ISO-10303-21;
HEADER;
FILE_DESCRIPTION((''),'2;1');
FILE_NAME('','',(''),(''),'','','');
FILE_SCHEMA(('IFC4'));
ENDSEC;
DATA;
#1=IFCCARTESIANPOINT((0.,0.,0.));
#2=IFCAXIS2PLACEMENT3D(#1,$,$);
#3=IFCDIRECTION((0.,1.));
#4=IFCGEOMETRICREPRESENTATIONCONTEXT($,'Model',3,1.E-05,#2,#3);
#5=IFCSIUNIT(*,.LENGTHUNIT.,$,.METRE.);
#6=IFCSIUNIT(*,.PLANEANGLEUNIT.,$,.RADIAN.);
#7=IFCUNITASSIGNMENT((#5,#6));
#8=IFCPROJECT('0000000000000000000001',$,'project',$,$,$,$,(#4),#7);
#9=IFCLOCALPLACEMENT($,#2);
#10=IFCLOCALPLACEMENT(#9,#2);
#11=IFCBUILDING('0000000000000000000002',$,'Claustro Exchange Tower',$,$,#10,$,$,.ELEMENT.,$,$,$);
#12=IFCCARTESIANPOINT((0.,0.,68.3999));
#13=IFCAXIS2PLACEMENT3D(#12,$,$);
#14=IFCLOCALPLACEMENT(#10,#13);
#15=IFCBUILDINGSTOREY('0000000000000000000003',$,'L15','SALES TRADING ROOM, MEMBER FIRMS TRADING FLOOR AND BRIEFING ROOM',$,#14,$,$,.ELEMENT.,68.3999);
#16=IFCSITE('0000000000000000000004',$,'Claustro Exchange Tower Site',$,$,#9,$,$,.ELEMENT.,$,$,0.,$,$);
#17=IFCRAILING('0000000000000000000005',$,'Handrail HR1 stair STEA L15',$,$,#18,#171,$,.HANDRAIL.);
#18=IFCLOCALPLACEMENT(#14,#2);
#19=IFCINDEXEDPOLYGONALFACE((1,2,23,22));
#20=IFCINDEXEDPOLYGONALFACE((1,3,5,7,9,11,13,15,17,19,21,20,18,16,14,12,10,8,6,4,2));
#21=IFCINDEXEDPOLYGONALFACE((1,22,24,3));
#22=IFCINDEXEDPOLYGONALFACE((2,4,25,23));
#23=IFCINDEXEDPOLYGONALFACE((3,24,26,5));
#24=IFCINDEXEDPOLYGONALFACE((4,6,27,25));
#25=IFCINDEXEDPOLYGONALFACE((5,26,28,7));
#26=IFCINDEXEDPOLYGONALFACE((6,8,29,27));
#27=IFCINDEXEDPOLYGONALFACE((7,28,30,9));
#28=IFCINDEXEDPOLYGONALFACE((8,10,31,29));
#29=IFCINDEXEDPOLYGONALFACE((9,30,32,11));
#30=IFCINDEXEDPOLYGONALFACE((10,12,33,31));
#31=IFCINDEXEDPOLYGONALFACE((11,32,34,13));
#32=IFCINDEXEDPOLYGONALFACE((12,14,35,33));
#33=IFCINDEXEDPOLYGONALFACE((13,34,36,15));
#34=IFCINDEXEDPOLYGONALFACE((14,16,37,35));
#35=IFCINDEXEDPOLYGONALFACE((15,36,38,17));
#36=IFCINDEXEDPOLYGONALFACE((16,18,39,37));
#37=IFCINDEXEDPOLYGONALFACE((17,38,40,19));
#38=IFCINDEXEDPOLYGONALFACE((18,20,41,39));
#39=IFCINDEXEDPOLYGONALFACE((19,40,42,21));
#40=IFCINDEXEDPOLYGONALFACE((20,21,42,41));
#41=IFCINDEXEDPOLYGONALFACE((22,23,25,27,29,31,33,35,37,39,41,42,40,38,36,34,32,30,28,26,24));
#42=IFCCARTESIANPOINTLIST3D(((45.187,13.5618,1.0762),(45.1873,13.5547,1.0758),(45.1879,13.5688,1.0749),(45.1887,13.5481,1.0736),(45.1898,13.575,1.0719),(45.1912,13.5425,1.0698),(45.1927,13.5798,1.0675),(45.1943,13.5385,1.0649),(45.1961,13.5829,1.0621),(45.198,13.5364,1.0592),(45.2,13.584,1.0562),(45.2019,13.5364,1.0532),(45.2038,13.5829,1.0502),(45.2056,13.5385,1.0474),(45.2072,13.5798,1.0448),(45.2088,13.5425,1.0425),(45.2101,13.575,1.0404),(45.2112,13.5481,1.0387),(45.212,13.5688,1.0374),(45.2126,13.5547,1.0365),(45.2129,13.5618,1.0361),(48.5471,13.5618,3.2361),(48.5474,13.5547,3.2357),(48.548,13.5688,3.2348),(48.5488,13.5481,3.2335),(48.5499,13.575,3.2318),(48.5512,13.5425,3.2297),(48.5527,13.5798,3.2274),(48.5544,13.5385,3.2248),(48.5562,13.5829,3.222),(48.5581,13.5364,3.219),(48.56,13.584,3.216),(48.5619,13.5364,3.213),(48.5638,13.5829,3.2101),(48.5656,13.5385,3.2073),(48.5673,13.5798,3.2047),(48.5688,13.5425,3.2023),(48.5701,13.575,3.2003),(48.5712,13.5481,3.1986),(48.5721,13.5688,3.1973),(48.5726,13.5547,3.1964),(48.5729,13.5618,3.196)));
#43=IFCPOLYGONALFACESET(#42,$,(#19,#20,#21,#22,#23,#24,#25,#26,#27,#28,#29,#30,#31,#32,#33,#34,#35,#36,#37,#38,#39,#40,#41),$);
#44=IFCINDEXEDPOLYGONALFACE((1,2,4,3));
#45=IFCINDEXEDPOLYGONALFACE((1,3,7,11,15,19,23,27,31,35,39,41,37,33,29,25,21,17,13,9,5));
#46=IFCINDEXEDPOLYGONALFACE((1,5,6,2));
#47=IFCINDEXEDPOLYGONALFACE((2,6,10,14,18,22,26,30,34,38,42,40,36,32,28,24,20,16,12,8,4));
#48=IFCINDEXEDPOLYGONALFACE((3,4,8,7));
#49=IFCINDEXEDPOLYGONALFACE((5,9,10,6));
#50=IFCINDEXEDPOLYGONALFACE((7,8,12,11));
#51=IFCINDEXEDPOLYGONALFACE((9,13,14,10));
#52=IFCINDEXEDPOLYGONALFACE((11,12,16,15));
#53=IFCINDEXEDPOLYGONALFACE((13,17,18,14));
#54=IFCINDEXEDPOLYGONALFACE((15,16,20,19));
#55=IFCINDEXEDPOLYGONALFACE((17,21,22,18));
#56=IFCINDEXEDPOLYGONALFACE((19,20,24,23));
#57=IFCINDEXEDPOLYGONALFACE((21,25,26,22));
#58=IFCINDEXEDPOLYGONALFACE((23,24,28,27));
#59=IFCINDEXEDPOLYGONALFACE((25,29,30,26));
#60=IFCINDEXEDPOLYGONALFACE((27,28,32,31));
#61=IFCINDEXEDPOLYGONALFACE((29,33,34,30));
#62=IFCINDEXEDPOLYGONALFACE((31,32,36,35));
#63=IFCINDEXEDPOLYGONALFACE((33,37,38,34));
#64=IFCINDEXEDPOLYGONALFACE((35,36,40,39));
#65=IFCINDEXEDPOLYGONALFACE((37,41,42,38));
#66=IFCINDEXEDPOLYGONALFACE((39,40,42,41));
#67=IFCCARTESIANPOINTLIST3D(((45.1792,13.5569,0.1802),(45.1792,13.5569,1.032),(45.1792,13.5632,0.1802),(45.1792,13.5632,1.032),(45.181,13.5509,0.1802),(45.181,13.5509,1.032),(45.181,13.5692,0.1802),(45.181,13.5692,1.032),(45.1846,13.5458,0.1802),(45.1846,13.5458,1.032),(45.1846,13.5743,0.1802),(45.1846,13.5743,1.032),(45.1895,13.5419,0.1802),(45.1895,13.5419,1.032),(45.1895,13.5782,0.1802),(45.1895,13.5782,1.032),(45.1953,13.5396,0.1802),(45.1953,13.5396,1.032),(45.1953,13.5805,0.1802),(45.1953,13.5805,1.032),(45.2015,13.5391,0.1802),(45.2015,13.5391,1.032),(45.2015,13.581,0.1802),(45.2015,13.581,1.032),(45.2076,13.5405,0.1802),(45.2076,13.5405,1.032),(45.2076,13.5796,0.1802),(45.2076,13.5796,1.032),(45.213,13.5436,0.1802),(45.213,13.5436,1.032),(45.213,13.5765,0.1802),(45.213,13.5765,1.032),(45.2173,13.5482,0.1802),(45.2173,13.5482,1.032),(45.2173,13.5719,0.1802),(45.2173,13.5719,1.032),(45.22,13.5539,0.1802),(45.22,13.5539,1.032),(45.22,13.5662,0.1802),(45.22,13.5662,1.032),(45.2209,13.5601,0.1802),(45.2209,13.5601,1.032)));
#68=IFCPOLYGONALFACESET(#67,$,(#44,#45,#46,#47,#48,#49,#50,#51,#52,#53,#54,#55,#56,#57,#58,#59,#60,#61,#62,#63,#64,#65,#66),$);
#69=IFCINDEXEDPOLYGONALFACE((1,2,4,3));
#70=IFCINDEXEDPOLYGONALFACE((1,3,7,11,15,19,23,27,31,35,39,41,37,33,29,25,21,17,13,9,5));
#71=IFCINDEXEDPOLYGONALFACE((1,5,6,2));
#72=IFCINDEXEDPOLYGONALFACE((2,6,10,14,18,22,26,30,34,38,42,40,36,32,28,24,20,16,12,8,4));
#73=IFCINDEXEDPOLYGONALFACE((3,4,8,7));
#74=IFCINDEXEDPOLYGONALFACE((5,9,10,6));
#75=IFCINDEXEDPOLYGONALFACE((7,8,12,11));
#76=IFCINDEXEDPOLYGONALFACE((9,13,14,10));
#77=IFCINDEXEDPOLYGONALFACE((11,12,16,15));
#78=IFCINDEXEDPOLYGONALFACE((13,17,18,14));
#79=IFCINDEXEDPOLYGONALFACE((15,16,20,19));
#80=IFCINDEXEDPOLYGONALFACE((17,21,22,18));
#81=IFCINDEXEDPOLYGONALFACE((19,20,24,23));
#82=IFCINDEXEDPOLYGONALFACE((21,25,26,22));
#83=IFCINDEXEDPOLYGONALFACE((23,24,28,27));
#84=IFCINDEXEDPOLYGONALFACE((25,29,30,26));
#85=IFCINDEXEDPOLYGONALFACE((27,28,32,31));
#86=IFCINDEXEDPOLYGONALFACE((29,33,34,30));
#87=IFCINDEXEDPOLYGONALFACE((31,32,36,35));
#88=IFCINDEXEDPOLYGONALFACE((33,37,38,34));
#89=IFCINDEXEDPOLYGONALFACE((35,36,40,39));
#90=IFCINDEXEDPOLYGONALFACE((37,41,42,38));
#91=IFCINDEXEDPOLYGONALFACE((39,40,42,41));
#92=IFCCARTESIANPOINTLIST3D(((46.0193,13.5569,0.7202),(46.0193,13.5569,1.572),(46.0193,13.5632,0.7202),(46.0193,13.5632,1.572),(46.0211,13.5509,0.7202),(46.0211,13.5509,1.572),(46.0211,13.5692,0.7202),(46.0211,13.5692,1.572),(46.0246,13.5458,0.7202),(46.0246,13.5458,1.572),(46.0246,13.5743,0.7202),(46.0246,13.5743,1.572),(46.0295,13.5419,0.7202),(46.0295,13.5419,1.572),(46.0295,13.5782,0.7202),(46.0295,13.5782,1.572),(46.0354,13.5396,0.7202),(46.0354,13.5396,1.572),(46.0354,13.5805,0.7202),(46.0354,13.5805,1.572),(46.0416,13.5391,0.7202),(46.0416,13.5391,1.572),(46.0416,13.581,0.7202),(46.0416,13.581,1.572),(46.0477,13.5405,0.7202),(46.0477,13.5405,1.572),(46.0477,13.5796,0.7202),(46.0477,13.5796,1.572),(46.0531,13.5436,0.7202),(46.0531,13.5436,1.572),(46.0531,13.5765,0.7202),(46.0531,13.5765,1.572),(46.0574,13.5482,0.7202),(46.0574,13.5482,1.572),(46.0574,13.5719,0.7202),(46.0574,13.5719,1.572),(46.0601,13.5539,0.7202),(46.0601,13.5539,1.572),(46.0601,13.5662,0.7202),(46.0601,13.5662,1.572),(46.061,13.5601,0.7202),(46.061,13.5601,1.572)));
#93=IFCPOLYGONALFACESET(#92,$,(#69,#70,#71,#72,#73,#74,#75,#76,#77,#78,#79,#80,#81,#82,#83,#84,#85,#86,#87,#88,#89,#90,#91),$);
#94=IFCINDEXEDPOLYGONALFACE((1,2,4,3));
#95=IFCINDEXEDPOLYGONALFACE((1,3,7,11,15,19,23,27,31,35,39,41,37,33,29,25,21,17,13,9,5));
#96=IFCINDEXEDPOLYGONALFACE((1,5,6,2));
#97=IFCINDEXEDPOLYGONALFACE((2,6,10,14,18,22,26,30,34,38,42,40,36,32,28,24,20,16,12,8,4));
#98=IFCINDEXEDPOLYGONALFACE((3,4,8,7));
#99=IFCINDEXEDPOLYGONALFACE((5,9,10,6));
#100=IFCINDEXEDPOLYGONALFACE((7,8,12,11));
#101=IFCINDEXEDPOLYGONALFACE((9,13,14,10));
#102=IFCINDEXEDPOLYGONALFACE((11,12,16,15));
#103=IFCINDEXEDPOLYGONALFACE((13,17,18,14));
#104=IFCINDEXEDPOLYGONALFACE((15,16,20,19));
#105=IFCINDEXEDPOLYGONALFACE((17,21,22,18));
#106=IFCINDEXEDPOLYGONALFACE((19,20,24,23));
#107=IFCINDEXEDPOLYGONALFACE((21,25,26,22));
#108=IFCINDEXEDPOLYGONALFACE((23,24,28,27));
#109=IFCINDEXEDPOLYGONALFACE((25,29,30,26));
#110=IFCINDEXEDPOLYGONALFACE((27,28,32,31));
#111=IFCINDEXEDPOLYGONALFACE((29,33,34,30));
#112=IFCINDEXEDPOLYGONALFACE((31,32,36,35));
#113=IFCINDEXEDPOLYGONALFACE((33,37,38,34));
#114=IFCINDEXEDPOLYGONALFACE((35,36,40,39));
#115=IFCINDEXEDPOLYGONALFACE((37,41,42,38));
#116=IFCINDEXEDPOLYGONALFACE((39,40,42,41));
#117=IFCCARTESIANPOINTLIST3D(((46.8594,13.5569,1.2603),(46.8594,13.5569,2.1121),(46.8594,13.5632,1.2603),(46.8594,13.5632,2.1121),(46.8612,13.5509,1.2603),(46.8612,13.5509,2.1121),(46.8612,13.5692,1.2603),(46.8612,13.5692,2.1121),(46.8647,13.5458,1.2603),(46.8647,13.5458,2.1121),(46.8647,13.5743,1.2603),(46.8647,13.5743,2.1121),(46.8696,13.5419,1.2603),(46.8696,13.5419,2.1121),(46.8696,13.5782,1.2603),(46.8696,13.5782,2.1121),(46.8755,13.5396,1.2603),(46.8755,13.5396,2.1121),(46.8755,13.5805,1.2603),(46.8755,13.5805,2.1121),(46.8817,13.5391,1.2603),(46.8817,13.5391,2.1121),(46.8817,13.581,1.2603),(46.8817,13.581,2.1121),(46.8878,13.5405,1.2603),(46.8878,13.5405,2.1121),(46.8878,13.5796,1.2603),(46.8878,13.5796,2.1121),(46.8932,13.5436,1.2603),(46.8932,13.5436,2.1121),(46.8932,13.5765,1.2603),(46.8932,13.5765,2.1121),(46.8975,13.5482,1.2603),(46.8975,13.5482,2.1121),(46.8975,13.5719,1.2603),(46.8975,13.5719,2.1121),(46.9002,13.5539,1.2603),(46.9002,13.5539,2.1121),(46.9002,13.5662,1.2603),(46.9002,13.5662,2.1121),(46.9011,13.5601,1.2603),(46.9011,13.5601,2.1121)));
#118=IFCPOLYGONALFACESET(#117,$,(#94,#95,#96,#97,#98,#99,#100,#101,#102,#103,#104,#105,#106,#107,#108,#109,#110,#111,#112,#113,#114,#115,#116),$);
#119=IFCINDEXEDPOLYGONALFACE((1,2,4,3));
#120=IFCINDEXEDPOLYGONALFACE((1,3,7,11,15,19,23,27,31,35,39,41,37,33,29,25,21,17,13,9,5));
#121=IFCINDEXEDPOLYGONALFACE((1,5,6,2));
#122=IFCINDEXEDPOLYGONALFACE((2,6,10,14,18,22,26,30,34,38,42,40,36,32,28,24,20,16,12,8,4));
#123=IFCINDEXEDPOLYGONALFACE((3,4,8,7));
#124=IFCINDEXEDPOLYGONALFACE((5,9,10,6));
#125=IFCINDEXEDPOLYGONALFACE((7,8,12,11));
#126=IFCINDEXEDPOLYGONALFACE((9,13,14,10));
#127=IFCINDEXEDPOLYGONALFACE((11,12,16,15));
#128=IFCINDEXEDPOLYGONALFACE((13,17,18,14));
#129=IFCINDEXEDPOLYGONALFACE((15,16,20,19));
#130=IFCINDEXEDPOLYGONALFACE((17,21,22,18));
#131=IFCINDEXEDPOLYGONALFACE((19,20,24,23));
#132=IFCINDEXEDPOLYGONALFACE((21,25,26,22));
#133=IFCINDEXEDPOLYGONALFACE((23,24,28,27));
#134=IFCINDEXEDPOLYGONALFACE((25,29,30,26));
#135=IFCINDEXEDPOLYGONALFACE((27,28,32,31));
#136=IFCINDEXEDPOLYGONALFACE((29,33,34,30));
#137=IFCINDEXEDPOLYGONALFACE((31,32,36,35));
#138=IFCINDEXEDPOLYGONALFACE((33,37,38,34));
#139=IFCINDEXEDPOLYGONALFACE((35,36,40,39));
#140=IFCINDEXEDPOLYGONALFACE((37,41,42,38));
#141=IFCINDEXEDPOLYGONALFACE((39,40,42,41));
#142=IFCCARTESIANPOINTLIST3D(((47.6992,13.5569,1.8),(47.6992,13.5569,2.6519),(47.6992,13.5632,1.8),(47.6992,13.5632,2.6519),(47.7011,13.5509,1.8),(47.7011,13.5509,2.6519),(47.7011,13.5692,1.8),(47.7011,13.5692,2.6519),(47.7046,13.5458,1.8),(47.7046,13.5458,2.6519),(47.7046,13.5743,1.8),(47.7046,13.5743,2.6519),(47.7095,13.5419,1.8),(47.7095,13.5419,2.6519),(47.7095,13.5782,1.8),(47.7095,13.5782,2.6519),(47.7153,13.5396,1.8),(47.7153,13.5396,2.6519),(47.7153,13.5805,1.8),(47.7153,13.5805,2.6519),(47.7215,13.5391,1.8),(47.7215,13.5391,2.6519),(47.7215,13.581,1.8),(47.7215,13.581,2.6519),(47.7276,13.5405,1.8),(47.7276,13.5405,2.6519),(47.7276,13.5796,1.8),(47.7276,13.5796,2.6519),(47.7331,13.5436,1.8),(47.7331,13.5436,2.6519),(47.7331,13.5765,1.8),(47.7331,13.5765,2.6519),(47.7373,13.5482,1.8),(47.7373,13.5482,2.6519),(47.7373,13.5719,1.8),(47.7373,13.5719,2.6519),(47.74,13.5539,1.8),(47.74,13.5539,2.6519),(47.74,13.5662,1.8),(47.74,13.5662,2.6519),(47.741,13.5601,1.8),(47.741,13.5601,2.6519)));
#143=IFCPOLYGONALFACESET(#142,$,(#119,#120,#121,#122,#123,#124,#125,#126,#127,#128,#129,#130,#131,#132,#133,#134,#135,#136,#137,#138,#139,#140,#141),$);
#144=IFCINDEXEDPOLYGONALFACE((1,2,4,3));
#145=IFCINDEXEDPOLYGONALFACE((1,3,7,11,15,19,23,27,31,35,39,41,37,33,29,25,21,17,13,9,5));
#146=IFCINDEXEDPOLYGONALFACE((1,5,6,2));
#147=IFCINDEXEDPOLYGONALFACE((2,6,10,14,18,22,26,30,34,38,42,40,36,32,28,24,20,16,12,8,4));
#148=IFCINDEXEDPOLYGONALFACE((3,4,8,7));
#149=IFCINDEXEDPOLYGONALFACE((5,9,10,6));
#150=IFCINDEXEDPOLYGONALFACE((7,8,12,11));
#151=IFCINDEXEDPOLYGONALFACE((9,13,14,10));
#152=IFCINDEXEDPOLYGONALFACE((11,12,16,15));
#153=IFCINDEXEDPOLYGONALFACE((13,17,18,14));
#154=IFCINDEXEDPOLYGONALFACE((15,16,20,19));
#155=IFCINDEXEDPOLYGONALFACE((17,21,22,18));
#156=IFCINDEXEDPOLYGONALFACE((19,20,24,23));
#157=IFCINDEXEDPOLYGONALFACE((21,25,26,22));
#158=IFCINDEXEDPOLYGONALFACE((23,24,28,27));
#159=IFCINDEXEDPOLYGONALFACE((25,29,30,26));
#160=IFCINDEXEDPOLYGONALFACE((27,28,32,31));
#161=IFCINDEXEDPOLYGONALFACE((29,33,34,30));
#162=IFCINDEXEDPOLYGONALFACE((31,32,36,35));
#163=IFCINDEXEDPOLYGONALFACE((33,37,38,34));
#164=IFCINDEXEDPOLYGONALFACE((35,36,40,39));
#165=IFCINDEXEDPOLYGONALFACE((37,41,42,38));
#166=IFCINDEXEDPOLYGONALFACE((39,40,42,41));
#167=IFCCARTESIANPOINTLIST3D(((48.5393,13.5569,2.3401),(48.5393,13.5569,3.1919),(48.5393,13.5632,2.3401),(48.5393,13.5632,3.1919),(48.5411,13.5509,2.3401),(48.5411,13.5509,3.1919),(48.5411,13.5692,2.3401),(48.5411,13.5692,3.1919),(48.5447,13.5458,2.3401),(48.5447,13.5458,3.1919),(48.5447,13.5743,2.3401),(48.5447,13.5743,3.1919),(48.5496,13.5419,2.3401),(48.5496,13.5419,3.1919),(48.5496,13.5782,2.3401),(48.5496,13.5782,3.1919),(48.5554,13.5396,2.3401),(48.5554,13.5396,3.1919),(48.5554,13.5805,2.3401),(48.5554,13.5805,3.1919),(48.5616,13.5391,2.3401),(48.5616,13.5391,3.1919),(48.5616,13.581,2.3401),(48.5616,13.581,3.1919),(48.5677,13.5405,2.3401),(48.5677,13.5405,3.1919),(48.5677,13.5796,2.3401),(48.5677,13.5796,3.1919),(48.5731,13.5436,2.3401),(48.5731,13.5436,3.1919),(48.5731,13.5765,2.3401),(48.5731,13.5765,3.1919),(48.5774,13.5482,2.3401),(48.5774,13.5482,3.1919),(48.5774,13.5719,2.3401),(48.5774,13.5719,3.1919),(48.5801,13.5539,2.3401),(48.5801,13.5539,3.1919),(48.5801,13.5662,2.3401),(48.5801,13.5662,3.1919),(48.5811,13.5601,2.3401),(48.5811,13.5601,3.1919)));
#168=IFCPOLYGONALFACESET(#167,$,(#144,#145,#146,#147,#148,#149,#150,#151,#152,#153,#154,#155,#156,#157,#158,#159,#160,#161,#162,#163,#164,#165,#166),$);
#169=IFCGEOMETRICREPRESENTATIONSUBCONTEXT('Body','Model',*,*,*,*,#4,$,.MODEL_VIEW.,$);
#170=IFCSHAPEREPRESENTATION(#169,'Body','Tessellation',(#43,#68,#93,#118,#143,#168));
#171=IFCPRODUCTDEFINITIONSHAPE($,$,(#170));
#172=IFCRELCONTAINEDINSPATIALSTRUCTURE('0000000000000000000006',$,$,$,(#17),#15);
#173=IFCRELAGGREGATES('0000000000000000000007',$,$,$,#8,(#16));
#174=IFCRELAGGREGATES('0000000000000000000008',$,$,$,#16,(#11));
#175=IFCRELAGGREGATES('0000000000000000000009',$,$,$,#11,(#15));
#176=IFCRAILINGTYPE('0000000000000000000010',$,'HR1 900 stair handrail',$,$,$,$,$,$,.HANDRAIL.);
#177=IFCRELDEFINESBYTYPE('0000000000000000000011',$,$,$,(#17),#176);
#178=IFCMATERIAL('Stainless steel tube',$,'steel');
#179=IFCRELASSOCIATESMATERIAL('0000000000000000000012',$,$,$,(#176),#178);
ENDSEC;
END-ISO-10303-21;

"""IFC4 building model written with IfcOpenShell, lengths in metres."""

from ifc_helpers import new_model, si_unit, direction, frame, origin, origin_2d, place, context, subcontext, project, spatial, circle, extrude, material, type_object, element, save


model = new_model("IFC4")

# Units and contexts
model_context = context("Model", 3, precision=1e-05, world=origin(), true_north=direction((0.0, 1.0)))
body_context = subcontext(model_context, "Body", "Model", "MODEL_VIEW")
ifc_project = project(units=[si_unit("LENGTHUNIT", "METRE"), si_unit("PLANEANGLEUNIT", "RADIAN")], contexts=[model_context])

# Site, building, storey
site_placement = place(None, origin())
site = spatial("IfcSite", under=ifc_project, at=site_placement, Name="Claustro Exchange Tower Site", CompositionType="ELEMENT", RefElevation=0.0)
building_placement = place(site_placement, origin())
building = spatial("IfcBuilding", under=site, at=building_placement, Name="Claustro Exchange Tower", CompositionType="ELEMENT")
storey_placement = place(building_placement, frame((0.0, 0.0, 68.3999)))
storey = spatial("IfcBuildingStorey", under=building, at=storey_placement, Name="L15", Description="SALES TRADING ROOM, MEMBER FIRMS TRADING FLOOR AND BRIEFING ROOM", CompositionType="ELEMENT", Elevation=68.3999)

# Railing
ifc_material_1 = material(Name="Stainless steel tube", Category="steel")
railing_type = type_object("IfcRailingType", Name="HR1 900 stair handrail", PredefinedType="HANDRAIL", material=ifc_material_1)
railing_placement = place(storey_placement, frame((45.2, 13.5601, 0.1802)))
element("IfcRailing", 1, at=railing_placement, inside=storey, type_object=railing_type, Name="Handrail HR1 stair STEA L15", PredefinedType="HANDRAIL", context=body_context, shape_type="SweptSolid", body=[
    extrude(circle(Radius=0.0239, at=origin_2d()), frame((0.0, 0.0, 0.876), z_axis=(0.841196, 0.0, 0.54073), x_axis=(0.0, 1.0, 0.0)), (0.0, 0.0, 1.0), 3.9944),
    extrude(circle(Radius=0.021, at=origin_2d()), origin(), (0.0, 0.0, 1.0), 0.8518),
    extrude(circle(Radius=0.021, at=origin_2d()), frame((0.8401, 0.0, 0.54)), (0.0, 0.0, 1.0), 0.8518),
    extrude(circle(Radius=0.021, at=origin_2d()), frame((1.6802, 0.0, 1.0801)), (0.0, 0.0, 1.0), 0.8518),
    extrude(circle(Radius=0.021, at=origin_2d()), frame((2.52, 0.0, 1.6199)), (0.0, 0.0, 1.0), 0.8518),
    extrude(circle(Radius=0.021, at=origin_2d()), frame((3.3601, 0.0, 2.1599)), (0.0, 0.0, 1.0), 0.8518),
])

save(model, "model.ifc")
